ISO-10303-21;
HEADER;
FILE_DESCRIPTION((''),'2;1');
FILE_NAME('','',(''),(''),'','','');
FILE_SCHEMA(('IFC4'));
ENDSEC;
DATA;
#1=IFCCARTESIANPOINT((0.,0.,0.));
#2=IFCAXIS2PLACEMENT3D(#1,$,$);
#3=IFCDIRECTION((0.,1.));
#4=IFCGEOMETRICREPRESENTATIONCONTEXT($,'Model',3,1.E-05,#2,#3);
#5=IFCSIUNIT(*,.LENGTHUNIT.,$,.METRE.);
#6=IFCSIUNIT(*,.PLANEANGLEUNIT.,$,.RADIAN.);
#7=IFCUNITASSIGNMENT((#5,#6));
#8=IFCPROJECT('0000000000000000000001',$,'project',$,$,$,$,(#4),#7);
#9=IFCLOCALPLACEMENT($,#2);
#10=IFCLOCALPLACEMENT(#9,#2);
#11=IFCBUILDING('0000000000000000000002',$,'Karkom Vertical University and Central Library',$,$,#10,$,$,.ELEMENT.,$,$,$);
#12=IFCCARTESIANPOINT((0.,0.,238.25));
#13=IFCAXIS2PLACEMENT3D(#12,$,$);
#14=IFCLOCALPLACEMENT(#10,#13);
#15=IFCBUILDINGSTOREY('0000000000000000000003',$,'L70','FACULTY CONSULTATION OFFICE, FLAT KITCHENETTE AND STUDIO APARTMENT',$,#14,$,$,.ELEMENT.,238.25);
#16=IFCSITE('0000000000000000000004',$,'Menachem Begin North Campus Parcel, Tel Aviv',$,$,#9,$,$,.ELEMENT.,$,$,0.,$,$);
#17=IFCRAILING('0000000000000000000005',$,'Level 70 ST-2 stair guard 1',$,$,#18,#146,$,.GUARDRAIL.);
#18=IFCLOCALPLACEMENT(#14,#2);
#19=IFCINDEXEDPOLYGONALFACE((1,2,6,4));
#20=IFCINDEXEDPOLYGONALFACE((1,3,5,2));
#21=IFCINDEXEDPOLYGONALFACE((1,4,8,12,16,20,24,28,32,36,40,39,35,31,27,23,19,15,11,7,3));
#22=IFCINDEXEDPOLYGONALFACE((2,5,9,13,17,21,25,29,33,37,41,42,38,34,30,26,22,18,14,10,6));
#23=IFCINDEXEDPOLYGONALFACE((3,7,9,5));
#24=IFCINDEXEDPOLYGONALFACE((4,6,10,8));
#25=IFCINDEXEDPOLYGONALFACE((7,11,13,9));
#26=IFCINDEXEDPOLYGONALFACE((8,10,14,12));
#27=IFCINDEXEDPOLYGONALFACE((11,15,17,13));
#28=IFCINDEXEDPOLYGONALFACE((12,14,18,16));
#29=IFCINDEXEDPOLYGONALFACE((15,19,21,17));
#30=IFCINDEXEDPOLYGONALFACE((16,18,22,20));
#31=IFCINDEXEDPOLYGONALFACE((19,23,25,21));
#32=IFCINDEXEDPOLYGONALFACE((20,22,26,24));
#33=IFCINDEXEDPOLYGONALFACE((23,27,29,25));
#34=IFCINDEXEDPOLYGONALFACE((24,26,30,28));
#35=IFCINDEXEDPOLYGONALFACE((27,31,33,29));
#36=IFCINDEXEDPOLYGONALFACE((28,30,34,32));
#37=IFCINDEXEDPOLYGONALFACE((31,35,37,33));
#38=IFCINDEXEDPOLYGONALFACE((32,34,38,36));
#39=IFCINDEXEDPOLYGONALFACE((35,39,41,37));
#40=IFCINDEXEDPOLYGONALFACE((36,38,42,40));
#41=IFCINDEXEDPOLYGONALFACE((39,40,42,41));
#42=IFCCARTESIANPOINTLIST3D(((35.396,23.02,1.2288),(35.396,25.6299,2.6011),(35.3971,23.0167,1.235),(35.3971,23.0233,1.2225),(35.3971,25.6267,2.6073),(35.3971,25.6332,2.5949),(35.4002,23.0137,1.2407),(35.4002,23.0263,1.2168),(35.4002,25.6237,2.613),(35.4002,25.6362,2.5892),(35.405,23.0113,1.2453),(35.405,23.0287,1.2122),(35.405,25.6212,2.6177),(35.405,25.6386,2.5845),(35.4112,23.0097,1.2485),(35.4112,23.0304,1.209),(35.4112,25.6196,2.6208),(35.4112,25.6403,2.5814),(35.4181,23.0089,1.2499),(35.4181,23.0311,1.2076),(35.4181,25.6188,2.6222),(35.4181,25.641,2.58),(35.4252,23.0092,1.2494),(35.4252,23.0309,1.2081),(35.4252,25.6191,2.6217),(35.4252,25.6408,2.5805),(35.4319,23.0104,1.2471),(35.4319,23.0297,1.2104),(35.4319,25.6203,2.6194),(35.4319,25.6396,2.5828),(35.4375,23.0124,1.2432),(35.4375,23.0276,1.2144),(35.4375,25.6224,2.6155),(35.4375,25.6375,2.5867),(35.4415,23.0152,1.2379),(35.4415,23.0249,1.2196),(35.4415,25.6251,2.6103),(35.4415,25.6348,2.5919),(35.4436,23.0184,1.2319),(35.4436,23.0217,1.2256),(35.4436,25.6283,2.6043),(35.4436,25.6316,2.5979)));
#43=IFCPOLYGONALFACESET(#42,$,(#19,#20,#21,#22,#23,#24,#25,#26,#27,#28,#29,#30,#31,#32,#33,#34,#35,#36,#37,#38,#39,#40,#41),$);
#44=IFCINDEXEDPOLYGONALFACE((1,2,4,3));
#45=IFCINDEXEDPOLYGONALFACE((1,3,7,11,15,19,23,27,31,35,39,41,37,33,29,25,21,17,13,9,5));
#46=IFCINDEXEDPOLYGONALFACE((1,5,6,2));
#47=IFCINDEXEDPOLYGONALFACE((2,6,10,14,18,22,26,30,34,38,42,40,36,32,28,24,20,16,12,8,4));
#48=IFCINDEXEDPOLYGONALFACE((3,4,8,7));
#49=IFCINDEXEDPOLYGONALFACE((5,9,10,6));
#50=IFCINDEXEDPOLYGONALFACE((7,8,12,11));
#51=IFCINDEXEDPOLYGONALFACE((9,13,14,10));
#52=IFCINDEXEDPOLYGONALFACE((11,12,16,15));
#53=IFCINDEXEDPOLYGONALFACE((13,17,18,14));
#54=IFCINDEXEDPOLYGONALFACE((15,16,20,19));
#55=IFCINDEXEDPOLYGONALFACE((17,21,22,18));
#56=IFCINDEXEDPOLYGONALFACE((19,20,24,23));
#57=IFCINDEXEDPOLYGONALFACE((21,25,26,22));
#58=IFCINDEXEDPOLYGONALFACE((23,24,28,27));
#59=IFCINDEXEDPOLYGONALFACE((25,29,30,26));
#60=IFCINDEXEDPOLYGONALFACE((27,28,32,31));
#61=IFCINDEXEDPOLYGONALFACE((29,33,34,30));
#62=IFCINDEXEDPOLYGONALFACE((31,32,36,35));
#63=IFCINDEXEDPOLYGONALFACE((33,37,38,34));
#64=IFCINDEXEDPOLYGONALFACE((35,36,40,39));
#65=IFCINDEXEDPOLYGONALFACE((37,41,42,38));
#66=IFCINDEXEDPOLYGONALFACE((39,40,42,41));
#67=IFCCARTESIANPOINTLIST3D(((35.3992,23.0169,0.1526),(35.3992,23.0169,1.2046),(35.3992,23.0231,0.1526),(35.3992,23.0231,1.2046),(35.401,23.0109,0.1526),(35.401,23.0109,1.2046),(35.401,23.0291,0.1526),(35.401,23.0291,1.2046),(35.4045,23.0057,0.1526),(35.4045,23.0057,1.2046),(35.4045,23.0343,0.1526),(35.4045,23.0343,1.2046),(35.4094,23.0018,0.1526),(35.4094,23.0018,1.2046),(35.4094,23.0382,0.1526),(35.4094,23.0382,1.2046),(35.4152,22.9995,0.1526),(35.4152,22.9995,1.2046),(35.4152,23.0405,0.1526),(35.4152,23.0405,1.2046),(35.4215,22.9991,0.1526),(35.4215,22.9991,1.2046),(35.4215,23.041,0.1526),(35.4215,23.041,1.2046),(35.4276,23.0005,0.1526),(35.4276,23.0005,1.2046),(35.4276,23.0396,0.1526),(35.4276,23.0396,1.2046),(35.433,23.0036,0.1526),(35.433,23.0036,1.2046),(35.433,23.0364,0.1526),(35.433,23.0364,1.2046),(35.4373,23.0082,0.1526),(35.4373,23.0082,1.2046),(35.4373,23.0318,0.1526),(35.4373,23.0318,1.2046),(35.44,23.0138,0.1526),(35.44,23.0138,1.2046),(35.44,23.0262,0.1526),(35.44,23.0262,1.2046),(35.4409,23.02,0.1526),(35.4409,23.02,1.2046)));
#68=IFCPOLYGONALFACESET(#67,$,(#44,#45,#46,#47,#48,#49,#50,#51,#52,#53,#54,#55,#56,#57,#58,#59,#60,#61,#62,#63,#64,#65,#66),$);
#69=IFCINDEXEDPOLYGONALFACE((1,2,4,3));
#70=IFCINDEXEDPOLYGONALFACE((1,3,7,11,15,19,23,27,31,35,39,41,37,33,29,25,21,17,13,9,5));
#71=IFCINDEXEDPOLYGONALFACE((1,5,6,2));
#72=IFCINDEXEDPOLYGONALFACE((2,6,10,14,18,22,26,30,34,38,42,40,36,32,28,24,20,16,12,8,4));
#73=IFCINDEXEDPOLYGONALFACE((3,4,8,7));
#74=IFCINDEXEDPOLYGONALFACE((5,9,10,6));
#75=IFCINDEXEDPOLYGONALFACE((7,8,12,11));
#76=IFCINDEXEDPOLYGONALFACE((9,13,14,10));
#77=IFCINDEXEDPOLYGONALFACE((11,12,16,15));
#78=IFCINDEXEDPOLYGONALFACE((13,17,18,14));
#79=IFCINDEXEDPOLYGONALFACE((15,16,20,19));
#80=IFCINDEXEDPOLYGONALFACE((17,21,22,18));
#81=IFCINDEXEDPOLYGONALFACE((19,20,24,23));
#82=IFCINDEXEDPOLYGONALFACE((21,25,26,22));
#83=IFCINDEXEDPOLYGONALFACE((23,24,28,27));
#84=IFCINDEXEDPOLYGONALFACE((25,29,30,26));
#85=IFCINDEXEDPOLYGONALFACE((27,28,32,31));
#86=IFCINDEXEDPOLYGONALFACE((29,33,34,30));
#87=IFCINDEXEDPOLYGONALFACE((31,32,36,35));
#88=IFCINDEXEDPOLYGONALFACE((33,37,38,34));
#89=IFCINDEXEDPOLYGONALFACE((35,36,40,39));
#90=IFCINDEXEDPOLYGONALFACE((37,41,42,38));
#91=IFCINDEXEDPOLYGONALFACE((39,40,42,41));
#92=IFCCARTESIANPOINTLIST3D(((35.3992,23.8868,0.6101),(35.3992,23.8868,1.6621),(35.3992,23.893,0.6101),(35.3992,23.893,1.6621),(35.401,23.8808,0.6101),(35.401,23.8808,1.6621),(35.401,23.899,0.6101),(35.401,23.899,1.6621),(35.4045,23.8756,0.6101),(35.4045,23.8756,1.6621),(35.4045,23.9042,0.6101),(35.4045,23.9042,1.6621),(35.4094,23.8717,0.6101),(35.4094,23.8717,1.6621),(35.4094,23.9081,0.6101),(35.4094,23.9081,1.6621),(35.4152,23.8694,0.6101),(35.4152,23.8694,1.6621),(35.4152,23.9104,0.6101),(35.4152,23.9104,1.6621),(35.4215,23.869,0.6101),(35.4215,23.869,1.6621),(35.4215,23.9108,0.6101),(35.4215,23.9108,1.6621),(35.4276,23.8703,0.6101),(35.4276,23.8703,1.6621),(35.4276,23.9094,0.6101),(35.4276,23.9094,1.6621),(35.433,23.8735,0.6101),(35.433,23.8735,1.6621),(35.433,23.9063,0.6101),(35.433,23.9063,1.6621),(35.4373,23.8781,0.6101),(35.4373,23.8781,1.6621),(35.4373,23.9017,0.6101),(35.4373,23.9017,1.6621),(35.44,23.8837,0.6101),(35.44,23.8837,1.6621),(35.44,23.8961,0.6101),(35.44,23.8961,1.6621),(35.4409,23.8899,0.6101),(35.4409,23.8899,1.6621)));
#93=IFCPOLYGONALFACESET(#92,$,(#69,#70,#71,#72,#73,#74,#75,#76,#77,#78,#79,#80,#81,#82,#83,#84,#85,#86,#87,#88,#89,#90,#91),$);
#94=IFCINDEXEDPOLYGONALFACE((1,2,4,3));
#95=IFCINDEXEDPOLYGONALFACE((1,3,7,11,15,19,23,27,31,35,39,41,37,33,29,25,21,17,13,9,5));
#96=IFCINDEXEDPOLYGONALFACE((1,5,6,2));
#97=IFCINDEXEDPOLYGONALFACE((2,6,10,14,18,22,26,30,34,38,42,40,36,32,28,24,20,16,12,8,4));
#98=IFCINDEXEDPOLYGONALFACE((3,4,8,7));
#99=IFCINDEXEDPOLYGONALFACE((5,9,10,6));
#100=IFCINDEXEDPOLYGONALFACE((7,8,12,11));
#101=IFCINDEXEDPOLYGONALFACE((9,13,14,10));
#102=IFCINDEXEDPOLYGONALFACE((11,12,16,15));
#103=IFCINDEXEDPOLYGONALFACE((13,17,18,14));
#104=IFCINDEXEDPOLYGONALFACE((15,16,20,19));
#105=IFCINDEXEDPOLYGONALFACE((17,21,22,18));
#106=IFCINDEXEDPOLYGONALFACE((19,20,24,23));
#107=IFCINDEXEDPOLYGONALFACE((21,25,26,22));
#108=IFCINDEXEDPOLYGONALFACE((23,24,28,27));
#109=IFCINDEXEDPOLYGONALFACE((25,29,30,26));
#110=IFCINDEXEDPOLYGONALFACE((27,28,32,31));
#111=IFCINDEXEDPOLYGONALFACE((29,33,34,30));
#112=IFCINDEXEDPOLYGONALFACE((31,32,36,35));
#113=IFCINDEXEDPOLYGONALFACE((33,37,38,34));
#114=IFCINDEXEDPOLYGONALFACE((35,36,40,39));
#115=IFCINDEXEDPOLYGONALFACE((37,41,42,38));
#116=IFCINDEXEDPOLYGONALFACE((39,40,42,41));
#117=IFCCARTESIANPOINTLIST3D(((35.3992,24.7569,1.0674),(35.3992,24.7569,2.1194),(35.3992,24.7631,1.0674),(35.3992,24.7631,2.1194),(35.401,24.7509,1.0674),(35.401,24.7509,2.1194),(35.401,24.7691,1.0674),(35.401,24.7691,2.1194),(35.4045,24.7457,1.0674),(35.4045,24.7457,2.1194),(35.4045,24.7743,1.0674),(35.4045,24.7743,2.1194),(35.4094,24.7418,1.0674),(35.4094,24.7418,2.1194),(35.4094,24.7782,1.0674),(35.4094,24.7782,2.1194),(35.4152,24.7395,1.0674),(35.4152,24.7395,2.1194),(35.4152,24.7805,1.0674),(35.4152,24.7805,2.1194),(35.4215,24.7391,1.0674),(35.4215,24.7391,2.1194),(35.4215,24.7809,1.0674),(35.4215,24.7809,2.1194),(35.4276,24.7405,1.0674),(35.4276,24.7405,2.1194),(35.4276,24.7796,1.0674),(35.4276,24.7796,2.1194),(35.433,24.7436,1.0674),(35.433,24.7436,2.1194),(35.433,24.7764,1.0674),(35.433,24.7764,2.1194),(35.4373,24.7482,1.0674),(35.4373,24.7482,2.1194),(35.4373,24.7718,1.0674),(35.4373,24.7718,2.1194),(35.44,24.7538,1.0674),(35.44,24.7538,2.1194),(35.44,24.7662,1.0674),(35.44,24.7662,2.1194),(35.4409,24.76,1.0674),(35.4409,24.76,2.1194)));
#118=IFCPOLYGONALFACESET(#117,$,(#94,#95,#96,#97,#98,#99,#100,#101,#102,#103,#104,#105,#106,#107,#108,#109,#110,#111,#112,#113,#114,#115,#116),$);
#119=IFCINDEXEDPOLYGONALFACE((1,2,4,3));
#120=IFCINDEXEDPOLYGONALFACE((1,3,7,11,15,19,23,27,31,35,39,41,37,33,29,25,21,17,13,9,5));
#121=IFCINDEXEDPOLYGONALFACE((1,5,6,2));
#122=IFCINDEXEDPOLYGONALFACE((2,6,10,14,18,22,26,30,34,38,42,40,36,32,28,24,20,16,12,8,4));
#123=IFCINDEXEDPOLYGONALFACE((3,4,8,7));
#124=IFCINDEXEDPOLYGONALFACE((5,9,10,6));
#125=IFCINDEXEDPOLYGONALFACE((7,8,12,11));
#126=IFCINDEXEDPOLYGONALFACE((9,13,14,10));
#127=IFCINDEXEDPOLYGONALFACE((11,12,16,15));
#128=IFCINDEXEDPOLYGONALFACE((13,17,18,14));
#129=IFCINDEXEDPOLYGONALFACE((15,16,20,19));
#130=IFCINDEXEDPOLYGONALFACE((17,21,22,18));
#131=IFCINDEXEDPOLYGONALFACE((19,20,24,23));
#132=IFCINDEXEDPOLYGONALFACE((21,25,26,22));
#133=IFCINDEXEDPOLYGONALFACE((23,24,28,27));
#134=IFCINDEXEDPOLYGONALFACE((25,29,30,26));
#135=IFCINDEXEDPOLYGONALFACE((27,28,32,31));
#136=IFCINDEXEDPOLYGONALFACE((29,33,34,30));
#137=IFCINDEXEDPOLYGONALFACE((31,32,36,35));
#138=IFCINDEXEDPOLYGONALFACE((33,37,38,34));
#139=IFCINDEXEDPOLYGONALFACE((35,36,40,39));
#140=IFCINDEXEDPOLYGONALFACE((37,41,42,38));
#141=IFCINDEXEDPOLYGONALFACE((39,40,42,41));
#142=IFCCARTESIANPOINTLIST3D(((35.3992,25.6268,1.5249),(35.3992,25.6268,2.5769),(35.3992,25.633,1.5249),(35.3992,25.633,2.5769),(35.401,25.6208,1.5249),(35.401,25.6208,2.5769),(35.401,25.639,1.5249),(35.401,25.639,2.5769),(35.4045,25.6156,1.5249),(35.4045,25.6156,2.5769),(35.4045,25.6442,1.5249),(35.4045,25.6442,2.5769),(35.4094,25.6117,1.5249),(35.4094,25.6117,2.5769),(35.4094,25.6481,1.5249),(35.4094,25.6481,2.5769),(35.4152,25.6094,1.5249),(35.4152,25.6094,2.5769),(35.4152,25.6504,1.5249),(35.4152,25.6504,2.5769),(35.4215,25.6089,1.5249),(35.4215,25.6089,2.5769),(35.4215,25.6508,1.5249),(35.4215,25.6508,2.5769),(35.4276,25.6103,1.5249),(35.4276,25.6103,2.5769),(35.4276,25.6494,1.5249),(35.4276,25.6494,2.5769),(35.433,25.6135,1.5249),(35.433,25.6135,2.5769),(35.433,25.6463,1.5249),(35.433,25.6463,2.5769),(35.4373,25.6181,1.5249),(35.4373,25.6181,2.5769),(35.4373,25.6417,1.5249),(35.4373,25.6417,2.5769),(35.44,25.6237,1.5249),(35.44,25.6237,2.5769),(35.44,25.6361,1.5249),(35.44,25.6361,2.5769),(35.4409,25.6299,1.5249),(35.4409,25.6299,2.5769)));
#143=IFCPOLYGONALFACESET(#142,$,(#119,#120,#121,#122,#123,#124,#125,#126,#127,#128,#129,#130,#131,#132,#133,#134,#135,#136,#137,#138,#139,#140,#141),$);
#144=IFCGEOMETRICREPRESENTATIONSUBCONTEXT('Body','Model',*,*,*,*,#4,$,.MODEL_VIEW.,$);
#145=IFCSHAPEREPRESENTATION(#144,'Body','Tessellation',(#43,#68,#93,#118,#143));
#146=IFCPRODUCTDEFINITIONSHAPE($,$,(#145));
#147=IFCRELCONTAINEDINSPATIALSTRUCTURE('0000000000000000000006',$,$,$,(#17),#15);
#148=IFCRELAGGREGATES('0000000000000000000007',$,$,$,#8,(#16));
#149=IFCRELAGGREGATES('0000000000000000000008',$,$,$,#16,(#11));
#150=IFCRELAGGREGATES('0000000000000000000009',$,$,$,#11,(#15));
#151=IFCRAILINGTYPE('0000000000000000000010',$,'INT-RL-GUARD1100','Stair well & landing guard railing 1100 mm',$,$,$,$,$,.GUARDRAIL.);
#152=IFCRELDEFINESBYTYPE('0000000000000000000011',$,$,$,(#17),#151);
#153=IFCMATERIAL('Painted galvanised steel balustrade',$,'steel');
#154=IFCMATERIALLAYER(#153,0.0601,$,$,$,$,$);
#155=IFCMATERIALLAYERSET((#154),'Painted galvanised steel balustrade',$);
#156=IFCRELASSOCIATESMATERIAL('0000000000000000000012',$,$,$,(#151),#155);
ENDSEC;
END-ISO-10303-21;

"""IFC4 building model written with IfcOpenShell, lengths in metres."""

from ifc_helpers import new_model, si_unit, direction, frame, origin, origin_2d, place, context, subcontext, project, spatial, circle, extrude, material, layer, layer_set, type_object, element, save


model = new_model("IFC4")

# Units and contexts
model_context = context("Model", 3, precision=1e-05, world=origin(), true_north=direction((0.0, 1.0)))
body_context = subcontext(model_context, "Body", "Model", "MODEL_VIEW")
ifc_project = project(units=[si_unit("LENGTHUNIT", "METRE"), si_unit("PLANEANGLEUNIT", "RADIAN")], contexts=[model_context])

# Site, building, storey
site_placement = place(None, origin())
site = spatial("IfcSite", under=ifc_project, at=site_placement, Name="Menachem Begin North Campus Parcel, Tel Aviv", CompositionType="ELEMENT", RefElevation=0.0)
building_placement = place(site_placement, origin())
building = spatial("IfcBuilding", under=site, at=building_placement, Name="Karkom Vertical University and Central Library", CompositionType="ELEMENT")
storey_placement = place(building_placement, frame((0.0, 0.0, 238.25)))
storey = spatial("IfcBuildingStorey", under=building, at=storey_placement, Name="L70", Description="FACULTY CONSULTATION OFFICE, FLAT KITCHENETTE AND STUDIO APARTMENT", CompositionType="ELEMENT", Elevation=238.25)

# Railing
ifc_material_1 = material(Name="Painted galvanised steel balustrade", Category="steel")
ifc_layer_1 = layer(ifc_material_1, 0.0601)
ifc_layer_set_1 = layer_set([ifc_layer_1], Name="Painted galvanised steel balustrade")
railing_type_1 = type_object("IfcRailingType", Name="INT-RL-GUARD1100", Description="Stair well & landing guard railing 1100 mm", PredefinedType="GUARDRAIL", material=ifc_layer_set_1)
railing_1_placement = place(storey_placement, frame((35.4199, 23.02, 0.1526)))
element("IfcRailing", 1, at=railing_1_placement, inside=storey, type_object=railing_type_1, Name="Level 70 ST-2 stair guard 1", PredefinedType="GUARDRAIL", context=body_context, shape_type="SweptSolid", body=[
    extrude(circle(Radius=0.0239, at=origin_2d()), frame((0.0, 0.0, 1.0762), z_axis=(0.0, 0.8851, 0.465402), x_axis=(-1.0, 0.0, 0.0)), (0.0, 0.0, 1.0), 2.9487),
    extrude(circle(Radius=0.021, at=origin_2d()), origin(), (0.0, 0.0, 1.0), 1.052),
    extrude(circle(Radius=0.021, at=origin_2d()), frame((0.0, 0.8699, 0.4575)), (0.0, 0.0, 1.0), 1.052),
    extrude(circle(Radius=0.021, at=origin_2d()), frame((0.0, 1.74, 0.9148)), (0.0, 0.0, 1.0), 1.052),
    extrude(circle(Radius=0.021, at=origin_2d()), frame((0.0, 2.6099, 1.3723)), (0.0, 0.0, 1.0), 1.052),
])

save(model, "model.ifc")
